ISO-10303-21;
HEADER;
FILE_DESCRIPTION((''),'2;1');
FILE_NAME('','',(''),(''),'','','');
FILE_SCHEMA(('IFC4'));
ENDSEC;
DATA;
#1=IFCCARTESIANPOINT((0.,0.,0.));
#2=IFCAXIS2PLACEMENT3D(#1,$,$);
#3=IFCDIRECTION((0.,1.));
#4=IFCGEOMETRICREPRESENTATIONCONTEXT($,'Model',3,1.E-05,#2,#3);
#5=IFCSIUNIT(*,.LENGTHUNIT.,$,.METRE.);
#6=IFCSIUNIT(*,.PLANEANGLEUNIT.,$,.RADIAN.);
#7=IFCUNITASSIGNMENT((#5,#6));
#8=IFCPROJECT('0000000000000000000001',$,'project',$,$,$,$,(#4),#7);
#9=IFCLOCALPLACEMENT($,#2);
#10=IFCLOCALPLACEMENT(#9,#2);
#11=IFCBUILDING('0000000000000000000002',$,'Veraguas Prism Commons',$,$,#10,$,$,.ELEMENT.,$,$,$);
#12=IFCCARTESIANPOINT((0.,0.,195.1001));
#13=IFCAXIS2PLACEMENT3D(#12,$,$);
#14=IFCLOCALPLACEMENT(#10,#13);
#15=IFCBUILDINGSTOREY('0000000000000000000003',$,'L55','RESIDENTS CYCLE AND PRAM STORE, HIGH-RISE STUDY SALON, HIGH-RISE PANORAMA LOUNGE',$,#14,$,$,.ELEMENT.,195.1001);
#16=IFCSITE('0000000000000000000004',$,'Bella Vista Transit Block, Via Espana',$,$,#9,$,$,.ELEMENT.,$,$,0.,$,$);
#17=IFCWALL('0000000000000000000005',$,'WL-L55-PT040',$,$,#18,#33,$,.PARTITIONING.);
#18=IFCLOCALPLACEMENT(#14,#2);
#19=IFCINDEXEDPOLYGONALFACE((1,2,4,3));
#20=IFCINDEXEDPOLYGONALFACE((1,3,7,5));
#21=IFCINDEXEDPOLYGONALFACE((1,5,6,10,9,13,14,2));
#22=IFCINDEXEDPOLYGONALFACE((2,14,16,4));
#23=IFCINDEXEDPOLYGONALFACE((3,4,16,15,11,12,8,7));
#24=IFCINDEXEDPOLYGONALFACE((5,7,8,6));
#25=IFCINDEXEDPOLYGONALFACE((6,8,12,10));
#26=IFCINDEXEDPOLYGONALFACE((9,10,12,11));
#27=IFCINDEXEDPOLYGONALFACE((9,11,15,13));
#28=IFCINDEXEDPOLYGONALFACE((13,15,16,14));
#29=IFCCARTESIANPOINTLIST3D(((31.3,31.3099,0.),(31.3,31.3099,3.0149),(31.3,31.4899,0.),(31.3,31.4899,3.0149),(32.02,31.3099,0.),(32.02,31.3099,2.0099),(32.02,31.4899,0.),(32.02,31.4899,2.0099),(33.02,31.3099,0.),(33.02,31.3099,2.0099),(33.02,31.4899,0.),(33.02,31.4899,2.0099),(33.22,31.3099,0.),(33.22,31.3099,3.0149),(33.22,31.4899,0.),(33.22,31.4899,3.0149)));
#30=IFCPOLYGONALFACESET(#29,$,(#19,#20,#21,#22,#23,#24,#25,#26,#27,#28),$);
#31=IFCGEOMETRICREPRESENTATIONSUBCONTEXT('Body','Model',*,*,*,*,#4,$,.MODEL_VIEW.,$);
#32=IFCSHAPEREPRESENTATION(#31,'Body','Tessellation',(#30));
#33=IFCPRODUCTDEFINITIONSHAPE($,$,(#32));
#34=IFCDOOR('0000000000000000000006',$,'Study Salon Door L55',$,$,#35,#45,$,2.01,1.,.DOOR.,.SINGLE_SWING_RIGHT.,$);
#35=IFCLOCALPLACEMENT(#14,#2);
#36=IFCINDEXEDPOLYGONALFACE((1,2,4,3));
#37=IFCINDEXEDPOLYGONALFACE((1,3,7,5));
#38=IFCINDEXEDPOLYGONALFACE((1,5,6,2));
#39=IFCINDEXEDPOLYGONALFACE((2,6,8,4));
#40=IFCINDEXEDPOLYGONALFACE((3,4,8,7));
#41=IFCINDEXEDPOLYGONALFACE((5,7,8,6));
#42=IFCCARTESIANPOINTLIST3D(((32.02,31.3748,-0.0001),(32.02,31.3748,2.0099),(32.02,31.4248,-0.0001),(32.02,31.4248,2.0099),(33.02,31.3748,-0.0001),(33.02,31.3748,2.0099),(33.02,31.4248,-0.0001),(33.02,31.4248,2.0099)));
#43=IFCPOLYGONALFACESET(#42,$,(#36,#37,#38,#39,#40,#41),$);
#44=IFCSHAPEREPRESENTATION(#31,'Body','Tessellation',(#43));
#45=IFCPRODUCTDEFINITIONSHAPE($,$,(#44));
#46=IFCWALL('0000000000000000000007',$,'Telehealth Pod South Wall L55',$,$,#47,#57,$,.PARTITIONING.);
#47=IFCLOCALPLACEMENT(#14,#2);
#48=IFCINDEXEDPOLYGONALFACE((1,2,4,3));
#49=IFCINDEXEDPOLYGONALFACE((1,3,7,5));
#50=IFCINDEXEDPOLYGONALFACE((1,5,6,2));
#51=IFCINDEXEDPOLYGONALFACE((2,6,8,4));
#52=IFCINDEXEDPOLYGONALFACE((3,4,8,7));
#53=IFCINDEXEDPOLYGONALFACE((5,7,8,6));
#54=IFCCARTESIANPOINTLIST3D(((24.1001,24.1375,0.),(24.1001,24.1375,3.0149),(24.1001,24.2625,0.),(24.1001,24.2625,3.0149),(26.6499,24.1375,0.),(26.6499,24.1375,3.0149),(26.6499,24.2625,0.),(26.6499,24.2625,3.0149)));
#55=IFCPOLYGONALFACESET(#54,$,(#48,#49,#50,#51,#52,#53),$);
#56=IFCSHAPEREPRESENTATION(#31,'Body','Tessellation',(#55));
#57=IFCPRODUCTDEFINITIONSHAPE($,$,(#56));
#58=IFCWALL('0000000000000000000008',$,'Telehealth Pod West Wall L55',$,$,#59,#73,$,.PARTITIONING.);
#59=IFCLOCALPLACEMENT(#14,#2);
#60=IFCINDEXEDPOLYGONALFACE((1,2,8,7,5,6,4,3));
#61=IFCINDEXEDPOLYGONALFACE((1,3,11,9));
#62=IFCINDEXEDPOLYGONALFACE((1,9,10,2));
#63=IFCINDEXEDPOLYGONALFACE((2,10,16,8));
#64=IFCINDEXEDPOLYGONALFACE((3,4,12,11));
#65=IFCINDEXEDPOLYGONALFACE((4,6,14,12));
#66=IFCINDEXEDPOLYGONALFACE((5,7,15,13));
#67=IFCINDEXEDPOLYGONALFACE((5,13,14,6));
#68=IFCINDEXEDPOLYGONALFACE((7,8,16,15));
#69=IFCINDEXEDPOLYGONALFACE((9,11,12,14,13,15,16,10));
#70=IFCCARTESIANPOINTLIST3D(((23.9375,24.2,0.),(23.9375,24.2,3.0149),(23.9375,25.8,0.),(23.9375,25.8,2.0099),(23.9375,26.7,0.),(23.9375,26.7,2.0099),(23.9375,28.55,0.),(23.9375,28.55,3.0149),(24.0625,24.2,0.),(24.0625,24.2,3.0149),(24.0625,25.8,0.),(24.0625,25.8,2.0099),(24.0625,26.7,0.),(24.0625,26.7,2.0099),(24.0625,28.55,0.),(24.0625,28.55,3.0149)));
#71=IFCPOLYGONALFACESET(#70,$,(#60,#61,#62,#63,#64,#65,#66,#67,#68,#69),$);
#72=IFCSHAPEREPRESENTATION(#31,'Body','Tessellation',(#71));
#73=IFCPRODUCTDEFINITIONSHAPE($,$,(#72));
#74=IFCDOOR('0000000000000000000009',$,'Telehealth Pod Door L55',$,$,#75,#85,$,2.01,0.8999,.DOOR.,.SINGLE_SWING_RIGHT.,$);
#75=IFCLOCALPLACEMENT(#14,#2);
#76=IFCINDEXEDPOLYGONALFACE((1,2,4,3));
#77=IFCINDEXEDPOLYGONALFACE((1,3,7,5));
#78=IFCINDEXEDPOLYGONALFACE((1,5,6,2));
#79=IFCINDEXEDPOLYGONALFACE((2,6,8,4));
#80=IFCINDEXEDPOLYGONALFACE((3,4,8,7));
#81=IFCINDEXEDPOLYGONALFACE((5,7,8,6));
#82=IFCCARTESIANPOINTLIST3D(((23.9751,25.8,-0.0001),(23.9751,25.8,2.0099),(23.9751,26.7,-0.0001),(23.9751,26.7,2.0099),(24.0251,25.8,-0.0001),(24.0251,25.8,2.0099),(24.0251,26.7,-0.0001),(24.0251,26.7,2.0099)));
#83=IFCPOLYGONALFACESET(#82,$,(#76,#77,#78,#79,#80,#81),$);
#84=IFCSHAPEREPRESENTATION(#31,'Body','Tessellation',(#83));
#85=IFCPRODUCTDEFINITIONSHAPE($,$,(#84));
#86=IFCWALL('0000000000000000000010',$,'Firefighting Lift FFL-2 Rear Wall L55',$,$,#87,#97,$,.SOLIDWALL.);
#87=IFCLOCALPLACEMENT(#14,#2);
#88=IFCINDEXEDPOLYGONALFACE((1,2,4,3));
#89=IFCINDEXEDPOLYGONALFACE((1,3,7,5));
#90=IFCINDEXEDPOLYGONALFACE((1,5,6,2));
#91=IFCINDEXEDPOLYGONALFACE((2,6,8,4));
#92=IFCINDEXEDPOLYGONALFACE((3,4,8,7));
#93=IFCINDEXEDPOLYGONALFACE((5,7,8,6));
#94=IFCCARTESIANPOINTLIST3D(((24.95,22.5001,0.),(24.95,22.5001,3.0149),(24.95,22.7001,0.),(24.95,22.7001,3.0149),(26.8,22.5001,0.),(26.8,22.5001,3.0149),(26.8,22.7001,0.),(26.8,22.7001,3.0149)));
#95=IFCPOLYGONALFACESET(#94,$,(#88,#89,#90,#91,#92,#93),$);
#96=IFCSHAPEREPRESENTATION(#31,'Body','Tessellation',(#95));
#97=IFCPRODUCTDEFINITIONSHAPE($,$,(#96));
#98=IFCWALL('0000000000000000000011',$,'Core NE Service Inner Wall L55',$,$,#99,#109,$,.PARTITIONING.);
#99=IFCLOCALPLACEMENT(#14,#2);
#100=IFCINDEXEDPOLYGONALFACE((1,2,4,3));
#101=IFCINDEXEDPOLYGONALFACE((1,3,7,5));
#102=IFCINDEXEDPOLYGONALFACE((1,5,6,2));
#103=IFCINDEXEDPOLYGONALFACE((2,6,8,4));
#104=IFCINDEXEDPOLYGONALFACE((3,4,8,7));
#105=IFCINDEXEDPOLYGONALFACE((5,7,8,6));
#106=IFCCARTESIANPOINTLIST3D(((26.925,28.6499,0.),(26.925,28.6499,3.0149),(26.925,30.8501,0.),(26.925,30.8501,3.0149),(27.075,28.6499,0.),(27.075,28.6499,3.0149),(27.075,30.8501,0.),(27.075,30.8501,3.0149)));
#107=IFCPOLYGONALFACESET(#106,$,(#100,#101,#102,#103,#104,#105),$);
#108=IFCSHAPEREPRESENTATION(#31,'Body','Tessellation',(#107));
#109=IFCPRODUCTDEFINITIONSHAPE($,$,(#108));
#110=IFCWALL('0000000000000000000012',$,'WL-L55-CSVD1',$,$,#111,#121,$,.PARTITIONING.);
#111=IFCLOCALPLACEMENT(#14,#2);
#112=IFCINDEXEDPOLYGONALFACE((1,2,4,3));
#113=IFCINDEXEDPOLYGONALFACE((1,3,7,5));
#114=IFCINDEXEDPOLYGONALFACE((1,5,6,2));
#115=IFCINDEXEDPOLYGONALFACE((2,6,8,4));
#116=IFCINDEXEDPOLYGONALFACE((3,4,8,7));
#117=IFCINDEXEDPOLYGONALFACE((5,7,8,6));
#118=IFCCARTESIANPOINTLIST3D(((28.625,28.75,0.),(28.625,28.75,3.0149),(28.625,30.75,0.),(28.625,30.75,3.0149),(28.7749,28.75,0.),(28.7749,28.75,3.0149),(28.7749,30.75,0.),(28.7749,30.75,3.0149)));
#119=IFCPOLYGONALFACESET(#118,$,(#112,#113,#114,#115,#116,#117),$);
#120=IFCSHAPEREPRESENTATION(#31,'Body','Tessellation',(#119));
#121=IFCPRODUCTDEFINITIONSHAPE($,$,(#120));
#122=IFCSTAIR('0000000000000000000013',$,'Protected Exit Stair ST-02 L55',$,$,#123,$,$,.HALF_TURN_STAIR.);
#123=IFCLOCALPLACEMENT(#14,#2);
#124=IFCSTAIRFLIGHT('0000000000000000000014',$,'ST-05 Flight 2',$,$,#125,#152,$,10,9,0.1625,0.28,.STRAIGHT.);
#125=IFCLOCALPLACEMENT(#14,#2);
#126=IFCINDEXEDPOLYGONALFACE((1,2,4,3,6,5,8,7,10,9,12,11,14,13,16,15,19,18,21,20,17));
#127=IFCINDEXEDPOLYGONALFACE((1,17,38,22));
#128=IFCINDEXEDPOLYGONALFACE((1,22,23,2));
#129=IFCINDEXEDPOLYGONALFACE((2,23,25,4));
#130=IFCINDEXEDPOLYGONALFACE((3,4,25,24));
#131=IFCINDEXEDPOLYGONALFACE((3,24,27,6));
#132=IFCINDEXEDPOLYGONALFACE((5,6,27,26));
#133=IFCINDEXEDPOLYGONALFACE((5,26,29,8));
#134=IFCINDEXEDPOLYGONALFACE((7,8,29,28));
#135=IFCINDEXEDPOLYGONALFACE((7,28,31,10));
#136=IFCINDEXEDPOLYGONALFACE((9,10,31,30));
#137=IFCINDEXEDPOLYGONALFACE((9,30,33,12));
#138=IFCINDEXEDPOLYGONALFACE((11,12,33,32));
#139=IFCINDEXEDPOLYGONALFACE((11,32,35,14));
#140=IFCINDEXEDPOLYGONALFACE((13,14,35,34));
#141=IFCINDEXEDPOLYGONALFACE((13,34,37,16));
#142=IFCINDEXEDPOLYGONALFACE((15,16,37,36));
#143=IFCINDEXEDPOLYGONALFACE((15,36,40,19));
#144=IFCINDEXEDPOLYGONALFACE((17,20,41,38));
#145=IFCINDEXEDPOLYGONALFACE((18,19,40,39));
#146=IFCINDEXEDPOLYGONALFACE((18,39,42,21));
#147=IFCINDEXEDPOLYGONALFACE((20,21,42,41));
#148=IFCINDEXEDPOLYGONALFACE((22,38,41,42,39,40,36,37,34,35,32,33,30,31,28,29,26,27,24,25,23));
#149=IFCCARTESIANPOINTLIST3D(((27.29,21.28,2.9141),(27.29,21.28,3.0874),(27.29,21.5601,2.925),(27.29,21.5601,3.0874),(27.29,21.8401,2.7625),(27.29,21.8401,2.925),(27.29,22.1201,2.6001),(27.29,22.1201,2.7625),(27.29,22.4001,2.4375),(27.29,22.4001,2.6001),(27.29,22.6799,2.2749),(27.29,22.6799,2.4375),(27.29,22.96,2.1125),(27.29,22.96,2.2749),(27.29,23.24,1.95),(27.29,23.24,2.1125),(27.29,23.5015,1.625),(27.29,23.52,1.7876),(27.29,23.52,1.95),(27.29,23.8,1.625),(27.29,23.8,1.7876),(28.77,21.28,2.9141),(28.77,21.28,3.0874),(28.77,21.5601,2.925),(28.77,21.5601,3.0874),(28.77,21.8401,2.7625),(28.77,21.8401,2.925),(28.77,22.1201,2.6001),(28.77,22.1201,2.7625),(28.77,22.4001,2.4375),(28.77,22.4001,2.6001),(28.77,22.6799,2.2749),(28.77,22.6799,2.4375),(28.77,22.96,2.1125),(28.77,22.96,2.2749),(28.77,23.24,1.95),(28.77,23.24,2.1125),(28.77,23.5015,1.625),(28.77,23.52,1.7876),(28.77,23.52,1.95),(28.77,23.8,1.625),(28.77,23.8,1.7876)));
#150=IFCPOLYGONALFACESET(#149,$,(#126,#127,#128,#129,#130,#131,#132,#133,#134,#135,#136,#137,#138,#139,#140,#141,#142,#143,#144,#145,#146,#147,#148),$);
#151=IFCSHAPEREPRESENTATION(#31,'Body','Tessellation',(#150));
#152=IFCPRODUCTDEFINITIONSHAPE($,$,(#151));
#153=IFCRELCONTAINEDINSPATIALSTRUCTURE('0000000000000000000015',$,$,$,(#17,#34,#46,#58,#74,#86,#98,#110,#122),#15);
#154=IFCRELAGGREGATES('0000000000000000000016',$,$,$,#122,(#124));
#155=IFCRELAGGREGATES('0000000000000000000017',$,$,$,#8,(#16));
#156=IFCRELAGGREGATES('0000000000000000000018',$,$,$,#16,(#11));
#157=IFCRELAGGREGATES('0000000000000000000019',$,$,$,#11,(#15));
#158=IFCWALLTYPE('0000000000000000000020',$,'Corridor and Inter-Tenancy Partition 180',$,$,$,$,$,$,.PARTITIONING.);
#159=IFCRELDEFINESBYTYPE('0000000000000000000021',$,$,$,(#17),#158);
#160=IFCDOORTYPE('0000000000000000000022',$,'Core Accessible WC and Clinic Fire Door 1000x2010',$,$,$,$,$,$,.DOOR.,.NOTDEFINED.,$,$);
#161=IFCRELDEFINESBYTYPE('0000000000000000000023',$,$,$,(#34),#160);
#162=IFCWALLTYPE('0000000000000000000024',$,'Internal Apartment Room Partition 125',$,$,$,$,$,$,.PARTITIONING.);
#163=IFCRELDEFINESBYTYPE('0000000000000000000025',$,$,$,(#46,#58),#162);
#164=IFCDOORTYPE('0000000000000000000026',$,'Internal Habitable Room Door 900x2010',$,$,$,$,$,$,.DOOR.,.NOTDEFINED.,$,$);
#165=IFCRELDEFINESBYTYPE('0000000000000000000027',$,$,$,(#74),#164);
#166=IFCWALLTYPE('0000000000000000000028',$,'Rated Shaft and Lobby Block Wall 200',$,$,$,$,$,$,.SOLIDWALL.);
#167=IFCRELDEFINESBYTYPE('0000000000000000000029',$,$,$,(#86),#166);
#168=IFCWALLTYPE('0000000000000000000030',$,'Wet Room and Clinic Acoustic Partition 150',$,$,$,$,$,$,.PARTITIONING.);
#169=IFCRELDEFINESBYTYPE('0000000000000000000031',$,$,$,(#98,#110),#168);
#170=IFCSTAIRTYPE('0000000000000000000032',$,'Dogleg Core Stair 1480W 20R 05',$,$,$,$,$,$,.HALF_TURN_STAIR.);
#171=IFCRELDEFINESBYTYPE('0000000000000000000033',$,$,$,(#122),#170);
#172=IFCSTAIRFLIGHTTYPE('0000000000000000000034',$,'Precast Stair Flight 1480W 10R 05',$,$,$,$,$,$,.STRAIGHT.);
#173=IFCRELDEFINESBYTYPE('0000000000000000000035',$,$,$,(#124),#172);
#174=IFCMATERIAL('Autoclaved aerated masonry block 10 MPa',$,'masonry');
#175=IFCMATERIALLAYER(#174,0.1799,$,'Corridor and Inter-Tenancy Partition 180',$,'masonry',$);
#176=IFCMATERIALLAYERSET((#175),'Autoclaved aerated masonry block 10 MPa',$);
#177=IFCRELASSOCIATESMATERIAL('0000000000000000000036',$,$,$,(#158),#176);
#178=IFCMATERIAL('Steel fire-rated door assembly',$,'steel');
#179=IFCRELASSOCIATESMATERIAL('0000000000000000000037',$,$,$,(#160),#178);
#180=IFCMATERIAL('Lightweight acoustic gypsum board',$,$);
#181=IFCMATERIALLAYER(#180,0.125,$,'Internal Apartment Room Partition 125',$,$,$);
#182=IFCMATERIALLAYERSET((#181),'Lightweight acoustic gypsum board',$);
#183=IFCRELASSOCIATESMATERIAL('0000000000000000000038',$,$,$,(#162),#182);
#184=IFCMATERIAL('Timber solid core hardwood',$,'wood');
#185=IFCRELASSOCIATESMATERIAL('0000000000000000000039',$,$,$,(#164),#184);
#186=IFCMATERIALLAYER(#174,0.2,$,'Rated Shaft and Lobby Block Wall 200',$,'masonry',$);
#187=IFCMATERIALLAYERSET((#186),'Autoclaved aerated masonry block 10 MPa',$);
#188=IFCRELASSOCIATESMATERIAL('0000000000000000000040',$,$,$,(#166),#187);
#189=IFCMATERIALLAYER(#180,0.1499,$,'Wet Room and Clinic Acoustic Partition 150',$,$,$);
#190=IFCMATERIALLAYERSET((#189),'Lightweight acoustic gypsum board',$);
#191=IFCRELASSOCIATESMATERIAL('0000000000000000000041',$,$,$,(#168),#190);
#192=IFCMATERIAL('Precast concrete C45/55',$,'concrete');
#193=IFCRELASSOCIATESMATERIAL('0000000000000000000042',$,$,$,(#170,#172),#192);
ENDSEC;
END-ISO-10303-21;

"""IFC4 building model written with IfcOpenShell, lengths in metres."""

from ifc_helpers import new_model, si_unit, direction, frame, frame_2d, origin, place, context, subcontext, project, spatial, polyline, rectangle, outline, extrude, source, transform, mapped, material, layer, layer_set, type_object, element, fill, aggregate, save


model = new_model("IFC4")

# Units and contexts
model_context = context("Model", 3, precision=1e-05, world=origin(), true_north=direction((0.0, 1.0)))
body_context = subcontext(model_context, "Body", "Model", "MODEL_VIEW")
ifc_project = project(units=[si_unit("LENGTHUNIT", "METRE"), si_unit("PLANEANGLEUNIT", "RADIAN")], contexts=[model_context])

# Site, building, storey
site_placement = place(None, origin())
site = spatial("IfcSite", under=ifc_project, at=site_placement, Name="Bella Vista Transit Block, Via Espana", CompositionType="ELEMENT", RefElevation=0.0)
building_placement = place(site_placement, origin())
building = spatial("IfcBuilding", under=site, at=building_placement, Name="Veraguas Prism Commons", CompositionType="ELEMENT")
storey_placement = place(building_placement, frame((0.0, 0.0, 195.1001)))
storey = spatial("IfcBuildingStorey", under=building, at=storey_placement, Name="L55", Description="RESIDENTS CYCLE AND PRAM STORE, HIGH-RISE STUDY SALON, HIGH-RISE PANORAMA LOUNGE", CompositionType="ELEMENT", Elevation=195.1001)

# Shared definitions
ifc_material_1 = material(Name="Steel fire-rated door assembly", Category="steel")

# Shared definitions
ifc_material_2 = material(Name="Autoclaved aerated masonry block 10 MPa", Category="masonry")
ifc_layer_1 = layer(ifc_material_2, 0.1799, Name="Corridor and Inter-Tenancy Partition 180", Category="masonry")
ifc_layer_set_1 = layer_set([ifc_layer_1], Name="Autoclaved aerated masonry block 10 MPa")
wall_type_1 = type_object("IfcWallType", Name="Corridor and Inter-Tenancy Partition 180", PredefinedType="PARTITIONING", material=ifc_layer_set_1)
shared_shape_1 = source(origin(), body_context, "Body", "SweptSolid", [
    extrude(rectangle(XDim=0.8999, YDim=2.01, at=frame_2d((0.45, 1.0049))), frame((0.0, 0.0249, 0.0), z_axis=(0.0, -1.0, 0.0), x_axis=(1.0, 0.0, 0.0)), (0.0, 0.0, 1.0), 0.05),
])

# Wall, opening, door
wall_1_placement = place(storey_placement, frame((31.3, 31.3999, 0.0), z_axis=(0.0, 0.0, 1.0), x_axis=(1.0, 0.0, 0.0)))
wall_1 = element("IfcWall", 1, at=wall_1_placement, inside=storey, type_object=wall_type_1, Name="WL-L55-PT040", PredefinedType="PARTITIONING", context=body_context, shape_type="SweptSolid", body=[
    extrude(rectangle(XDim=1.9199, YDim=0.1799, at=frame_2d((0.96, 0.0))), origin(), (0.0, 0.0, 1.0), 3.0149),
])
opening_1_placement = place(wall_1_placement, frame((0.72, 0.0, 0.0)))
opening_1 = element("IfcOpeningElement", 2, at=opening_1_placement, cuts=wall_1, PredefinedType="OPENING", context=body_context, shape_type="SweptSolid", body=[
    extrude(rectangle(XDim=1.0, YDim=2.01, at=frame_2d((0.5, 1.0049))), frame((0.0, 0.0999, 0.0), z_axis=(0.0, -1.0, 0.0), x_axis=(1.0, 0.0, 0.0)), (0.0, 0.0, 1.0), 0.2),
])
door_type_1 = type_object("IfcDoorType", Name="Core Accessible WC and Clinic Fire Door 1000x2010", OperationType="NOTDEFINED", PredefinedType="DOOR", material=ifc_material_1)
shared_shape_2 = source(origin(), body_context, "Body", "SweptSolid", [
    extrude(rectangle(XDim=1.0, YDim=2.01, at=frame_2d((0.5, 1.0049))), frame((0.0, 0.0249, 0.0), z_axis=(0.0, -1.0, 0.0), x_axis=(1.0, 0.0, 0.0)), (0.0, 0.0, 1.0), 0.05),
])
door_1_placement = place(opening_1_placement, origin())
door_1 = element("IfcDoor", 3, at=door_1_placement, inside=storey, type_object=door_type_1, Name="Study Salon Door L55", OperationType="SINGLE_SWING_RIGHT", OverallHeight=2.01, OverallWidth=1.0, PredefinedType="DOOR", context=body_context, shape_type="MappedRepresentation", body=[
    mapped(shared_shape_2, transform((0.0, 0.0, 0.0), scale=1.0)),
])
fill(opening_1, door_1)

# Wall
ifc_material_3 = material(Name="Lightweight acoustic gypsum board")
ifc_layer_2 = layer(ifc_material_3, 0.125, Name="Internal Apartment Room Partition 125")
ifc_layer_set_2 = layer_set([ifc_layer_2], Name="Lightweight acoustic gypsum board")
wall_type_2 = type_object("IfcWallType", Name="Internal Apartment Room Partition 125", PredefinedType="PARTITIONING", material=ifc_layer_set_2)
wall_2_placement = place(storey_placement, frame((24.1001, 24.2, 0.0), z_axis=(0.0, 0.0, 1.0), x_axis=(1.0, 0.0, 0.0)))
element("IfcWall", 4, at=wall_2_placement, inside=storey, type_object=wall_type_2, Name="Telehealth Pod South Wall L55", PredefinedType="PARTITIONING", context=body_context, shape_type="SweptSolid", body=[
    extrude(rectangle(XDim=2.5498, YDim=0.125, at=frame_2d((1.2749, 0.0))), origin(), (0.0, 0.0, 1.0), 3.0149),
])

# Wall, opening, door
wall_3_placement = place(storey_placement, frame((24.0, 24.2, 0.0), z_axis=(0.0, 0.0, 1.0), x_axis=(0.0, 1.0, 0.0)))
wall_3 = element("IfcWall", 5, at=wall_3_placement, inside=storey, type_object=wall_type_2, Name="Telehealth Pod West Wall L55", PredefinedType="PARTITIONING", context=body_context, shape_type="SweptSolid", body=[
    extrude(rectangle(XDim=4.3501, YDim=0.125, at=frame_2d((2.175, 0.0))), origin(), (0.0, 0.0, 1.0), 3.0149),
])
opening_2_placement = place(wall_3_placement, frame((1.6001, 0.0, 0.0)))
opening_2 = element("IfcOpeningElement", 6, at=opening_2_placement, cuts=wall_3, PredefinedType="OPENING", context=body_context, shape_type="SweptSolid", body=[
    extrude(rectangle(XDim=0.8999, YDim=2.01, at=frame_2d((0.45, 1.0049))), frame((0.0, 0.0725, 0.0), z_axis=(0.0, -1.0, 0.0), x_axis=(1.0, 0.0, 0.0)), (0.0, 0.0, 1.0), 0.145),
])
ifc_material_4 = material(Name="Timber solid core hardwood", Category="wood")
door_type_2 = type_object("IfcDoorType", Name="Internal Habitable Room Door 900x2010", OperationType="NOTDEFINED", PredefinedType="DOOR", material=ifc_material_4)
door_2_placement = place(opening_2_placement, origin())
door_2 = element("IfcDoor", 7, at=door_2_placement, inside=storey, type_object=door_type_2, Name="Telehealth Pod Door L55", OperationType="SINGLE_SWING_RIGHT", OverallHeight=2.01, OverallWidth=0.8999, PredefinedType="DOOR", context=body_context, shape_type="MappedRepresentation", body=[
    mapped(shared_shape_1, transform((0.0, 0.0, 0.0), scale=1.0)),
])
fill(opening_2, door_2)

# Walls
ifc_layer_3 = layer(ifc_material_2, 0.2, Name="Rated Shaft and Lobby Block Wall 200", Category="masonry")
ifc_layer_set_3 = layer_set([ifc_layer_3], Name="Autoclaved aerated masonry block 10 MPa")
wall_type_3 = type_object("IfcWallType", Name="Rated Shaft and Lobby Block Wall 200", PredefinedType="SOLIDWALL", material=ifc_layer_set_3)
wall_4_placement = place(storey_placement, frame((24.95, 22.6001, 0.0), z_axis=(0.0, 0.0, 1.0), x_axis=(1.0, 0.0, 0.0)))
element("IfcWall", 8, at=wall_4_placement, inside=storey, type_object=wall_type_3, Name="Firefighting Lift FFL-2 Rear Wall L55", PredefinedType="SOLIDWALL", context=body_context, shape_type="SweptSolid", body=[
    extrude(rectangle(XDim=1.8501, YDim=0.2, at=frame_2d((0.925, 0.0))), origin(), (0.0, 0.0, 1.0), 3.0149),
])
ifc_layer_4 = layer(ifc_material_3, 0.1499, Name="Wet Room and Clinic Acoustic Partition 150")
ifc_layer_set_4 = layer_set([ifc_layer_4], Name="Lightweight acoustic gypsum board")
wall_type_4 = type_object("IfcWallType", Name="Wet Room and Clinic Acoustic Partition 150", PredefinedType="PARTITIONING", material=ifc_layer_set_4)
wall_5_placement = place(storey_placement, frame((27.0, 28.6499, 0.0), z_axis=(0.0, 0.0, 1.0), x_axis=(0.0, 1.0, 0.0)))
element("IfcWall", 9, at=wall_5_placement, inside=storey, type_object=wall_type_4, Name="Core NE Service Inner Wall L55", PredefinedType="PARTITIONING", context=body_context, shape_type="SweptSolid", body=[
    extrude(rectangle(XDim=2.2002, YDim=0.1499, at=frame_2d((1.1001, 0.0))), origin(), (0.0, 0.0, 1.0), 3.0149),
])
wall_6_placement = place(storey_placement, frame((28.7, 28.75, 0.0), z_axis=(0.0, 0.0, 1.0), x_axis=(0.0, 1.0, 0.0)))
element("IfcWall", 10, at=wall_6_placement, inside=storey, type_object=wall_type_4, Name="WL-L55-CSVD1", PredefinedType="PARTITIONING", context=body_context, shape_type="SweptSolid", body=[
    extrude(rectangle(XDim=2.0, YDim=0.1499, at=frame_2d((1.0, 0.0))), origin(), (0.0, 0.0, 1.0), 3.0149),
])

# Stair, stair flight
ifc_material_5 = material(Name="Precast concrete C45/55", Category="concrete")
stair_type = type_object("IfcStairType", Name="Dogleg Core Stair 1480W 20R 05", PredefinedType="HALF_TURN_STAIR", material=ifc_material_5)
stair_placement = place(storey_placement, origin())
stair = element("IfcStair", 11, at=stair_placement, inside=storey, type_object=stair_type, Name="Protected Exit Stair ST-02 L55", PredefinedType="HALF_TURN_STAIR")
stair_flight_type = type_object("IfcStairFlightType", Name="Precast Stair Flight 1480W 10R 05", PredefinedType="STRAIGHT", material=ifc_material_5)
stair_flight_placement = place(storey_placement, frame((28.03, 23.8, 1.625), z_axis=(0.0, 0.0, 1.0), x_axis=(0.0, -1.0, 0.0)))
stair_flight = element("IfcStairFlight", 12, at=stair_flight_placement, type_object=stair_flight_type, Name="ST-05 Flight 2", NumberOfRisers=10, NumberOfTreads=9, PredefinedType="STRAIGHT", RiserHeight=0.1625, TreadLength=0.28, context=body_context, shape_type="SweptSolid", body=[
    extrude(outline(polyline([(0.0, 0.0), (0.0, 0.1626), (0.28, 0.1626), (0.28, 0.325), (0.5601, 0.325), (0.5601, 0.4875), (0.8401, 0.4875), (0.8401, 0.6499), (1.1201, 0.6499), (1.1201, 0.8125), (1.3999, 0.8125), (1.3999, 0.9751), (1.6799, 0.9751), (1.6799, 1.1375), (1.96, 1.1375), (1.96, 1.3), (2.24, 1.3), (2.24, 1.4624), (2.52, 1.4624), (2.52, 1.625), (2.52, 1.2891), (0.2986, 0.0), (0.0, 0.0)])), frame((0.0, 0.74, 0.0), z_axis=(0.0, -1.0, 0.0), x_axis=(1.0, 0.0, 0.0)), (0.0, 0.0, 1.0), 1.48),
])
aggregate(stair, [stair_flight])

save(model, "model.ifc")
